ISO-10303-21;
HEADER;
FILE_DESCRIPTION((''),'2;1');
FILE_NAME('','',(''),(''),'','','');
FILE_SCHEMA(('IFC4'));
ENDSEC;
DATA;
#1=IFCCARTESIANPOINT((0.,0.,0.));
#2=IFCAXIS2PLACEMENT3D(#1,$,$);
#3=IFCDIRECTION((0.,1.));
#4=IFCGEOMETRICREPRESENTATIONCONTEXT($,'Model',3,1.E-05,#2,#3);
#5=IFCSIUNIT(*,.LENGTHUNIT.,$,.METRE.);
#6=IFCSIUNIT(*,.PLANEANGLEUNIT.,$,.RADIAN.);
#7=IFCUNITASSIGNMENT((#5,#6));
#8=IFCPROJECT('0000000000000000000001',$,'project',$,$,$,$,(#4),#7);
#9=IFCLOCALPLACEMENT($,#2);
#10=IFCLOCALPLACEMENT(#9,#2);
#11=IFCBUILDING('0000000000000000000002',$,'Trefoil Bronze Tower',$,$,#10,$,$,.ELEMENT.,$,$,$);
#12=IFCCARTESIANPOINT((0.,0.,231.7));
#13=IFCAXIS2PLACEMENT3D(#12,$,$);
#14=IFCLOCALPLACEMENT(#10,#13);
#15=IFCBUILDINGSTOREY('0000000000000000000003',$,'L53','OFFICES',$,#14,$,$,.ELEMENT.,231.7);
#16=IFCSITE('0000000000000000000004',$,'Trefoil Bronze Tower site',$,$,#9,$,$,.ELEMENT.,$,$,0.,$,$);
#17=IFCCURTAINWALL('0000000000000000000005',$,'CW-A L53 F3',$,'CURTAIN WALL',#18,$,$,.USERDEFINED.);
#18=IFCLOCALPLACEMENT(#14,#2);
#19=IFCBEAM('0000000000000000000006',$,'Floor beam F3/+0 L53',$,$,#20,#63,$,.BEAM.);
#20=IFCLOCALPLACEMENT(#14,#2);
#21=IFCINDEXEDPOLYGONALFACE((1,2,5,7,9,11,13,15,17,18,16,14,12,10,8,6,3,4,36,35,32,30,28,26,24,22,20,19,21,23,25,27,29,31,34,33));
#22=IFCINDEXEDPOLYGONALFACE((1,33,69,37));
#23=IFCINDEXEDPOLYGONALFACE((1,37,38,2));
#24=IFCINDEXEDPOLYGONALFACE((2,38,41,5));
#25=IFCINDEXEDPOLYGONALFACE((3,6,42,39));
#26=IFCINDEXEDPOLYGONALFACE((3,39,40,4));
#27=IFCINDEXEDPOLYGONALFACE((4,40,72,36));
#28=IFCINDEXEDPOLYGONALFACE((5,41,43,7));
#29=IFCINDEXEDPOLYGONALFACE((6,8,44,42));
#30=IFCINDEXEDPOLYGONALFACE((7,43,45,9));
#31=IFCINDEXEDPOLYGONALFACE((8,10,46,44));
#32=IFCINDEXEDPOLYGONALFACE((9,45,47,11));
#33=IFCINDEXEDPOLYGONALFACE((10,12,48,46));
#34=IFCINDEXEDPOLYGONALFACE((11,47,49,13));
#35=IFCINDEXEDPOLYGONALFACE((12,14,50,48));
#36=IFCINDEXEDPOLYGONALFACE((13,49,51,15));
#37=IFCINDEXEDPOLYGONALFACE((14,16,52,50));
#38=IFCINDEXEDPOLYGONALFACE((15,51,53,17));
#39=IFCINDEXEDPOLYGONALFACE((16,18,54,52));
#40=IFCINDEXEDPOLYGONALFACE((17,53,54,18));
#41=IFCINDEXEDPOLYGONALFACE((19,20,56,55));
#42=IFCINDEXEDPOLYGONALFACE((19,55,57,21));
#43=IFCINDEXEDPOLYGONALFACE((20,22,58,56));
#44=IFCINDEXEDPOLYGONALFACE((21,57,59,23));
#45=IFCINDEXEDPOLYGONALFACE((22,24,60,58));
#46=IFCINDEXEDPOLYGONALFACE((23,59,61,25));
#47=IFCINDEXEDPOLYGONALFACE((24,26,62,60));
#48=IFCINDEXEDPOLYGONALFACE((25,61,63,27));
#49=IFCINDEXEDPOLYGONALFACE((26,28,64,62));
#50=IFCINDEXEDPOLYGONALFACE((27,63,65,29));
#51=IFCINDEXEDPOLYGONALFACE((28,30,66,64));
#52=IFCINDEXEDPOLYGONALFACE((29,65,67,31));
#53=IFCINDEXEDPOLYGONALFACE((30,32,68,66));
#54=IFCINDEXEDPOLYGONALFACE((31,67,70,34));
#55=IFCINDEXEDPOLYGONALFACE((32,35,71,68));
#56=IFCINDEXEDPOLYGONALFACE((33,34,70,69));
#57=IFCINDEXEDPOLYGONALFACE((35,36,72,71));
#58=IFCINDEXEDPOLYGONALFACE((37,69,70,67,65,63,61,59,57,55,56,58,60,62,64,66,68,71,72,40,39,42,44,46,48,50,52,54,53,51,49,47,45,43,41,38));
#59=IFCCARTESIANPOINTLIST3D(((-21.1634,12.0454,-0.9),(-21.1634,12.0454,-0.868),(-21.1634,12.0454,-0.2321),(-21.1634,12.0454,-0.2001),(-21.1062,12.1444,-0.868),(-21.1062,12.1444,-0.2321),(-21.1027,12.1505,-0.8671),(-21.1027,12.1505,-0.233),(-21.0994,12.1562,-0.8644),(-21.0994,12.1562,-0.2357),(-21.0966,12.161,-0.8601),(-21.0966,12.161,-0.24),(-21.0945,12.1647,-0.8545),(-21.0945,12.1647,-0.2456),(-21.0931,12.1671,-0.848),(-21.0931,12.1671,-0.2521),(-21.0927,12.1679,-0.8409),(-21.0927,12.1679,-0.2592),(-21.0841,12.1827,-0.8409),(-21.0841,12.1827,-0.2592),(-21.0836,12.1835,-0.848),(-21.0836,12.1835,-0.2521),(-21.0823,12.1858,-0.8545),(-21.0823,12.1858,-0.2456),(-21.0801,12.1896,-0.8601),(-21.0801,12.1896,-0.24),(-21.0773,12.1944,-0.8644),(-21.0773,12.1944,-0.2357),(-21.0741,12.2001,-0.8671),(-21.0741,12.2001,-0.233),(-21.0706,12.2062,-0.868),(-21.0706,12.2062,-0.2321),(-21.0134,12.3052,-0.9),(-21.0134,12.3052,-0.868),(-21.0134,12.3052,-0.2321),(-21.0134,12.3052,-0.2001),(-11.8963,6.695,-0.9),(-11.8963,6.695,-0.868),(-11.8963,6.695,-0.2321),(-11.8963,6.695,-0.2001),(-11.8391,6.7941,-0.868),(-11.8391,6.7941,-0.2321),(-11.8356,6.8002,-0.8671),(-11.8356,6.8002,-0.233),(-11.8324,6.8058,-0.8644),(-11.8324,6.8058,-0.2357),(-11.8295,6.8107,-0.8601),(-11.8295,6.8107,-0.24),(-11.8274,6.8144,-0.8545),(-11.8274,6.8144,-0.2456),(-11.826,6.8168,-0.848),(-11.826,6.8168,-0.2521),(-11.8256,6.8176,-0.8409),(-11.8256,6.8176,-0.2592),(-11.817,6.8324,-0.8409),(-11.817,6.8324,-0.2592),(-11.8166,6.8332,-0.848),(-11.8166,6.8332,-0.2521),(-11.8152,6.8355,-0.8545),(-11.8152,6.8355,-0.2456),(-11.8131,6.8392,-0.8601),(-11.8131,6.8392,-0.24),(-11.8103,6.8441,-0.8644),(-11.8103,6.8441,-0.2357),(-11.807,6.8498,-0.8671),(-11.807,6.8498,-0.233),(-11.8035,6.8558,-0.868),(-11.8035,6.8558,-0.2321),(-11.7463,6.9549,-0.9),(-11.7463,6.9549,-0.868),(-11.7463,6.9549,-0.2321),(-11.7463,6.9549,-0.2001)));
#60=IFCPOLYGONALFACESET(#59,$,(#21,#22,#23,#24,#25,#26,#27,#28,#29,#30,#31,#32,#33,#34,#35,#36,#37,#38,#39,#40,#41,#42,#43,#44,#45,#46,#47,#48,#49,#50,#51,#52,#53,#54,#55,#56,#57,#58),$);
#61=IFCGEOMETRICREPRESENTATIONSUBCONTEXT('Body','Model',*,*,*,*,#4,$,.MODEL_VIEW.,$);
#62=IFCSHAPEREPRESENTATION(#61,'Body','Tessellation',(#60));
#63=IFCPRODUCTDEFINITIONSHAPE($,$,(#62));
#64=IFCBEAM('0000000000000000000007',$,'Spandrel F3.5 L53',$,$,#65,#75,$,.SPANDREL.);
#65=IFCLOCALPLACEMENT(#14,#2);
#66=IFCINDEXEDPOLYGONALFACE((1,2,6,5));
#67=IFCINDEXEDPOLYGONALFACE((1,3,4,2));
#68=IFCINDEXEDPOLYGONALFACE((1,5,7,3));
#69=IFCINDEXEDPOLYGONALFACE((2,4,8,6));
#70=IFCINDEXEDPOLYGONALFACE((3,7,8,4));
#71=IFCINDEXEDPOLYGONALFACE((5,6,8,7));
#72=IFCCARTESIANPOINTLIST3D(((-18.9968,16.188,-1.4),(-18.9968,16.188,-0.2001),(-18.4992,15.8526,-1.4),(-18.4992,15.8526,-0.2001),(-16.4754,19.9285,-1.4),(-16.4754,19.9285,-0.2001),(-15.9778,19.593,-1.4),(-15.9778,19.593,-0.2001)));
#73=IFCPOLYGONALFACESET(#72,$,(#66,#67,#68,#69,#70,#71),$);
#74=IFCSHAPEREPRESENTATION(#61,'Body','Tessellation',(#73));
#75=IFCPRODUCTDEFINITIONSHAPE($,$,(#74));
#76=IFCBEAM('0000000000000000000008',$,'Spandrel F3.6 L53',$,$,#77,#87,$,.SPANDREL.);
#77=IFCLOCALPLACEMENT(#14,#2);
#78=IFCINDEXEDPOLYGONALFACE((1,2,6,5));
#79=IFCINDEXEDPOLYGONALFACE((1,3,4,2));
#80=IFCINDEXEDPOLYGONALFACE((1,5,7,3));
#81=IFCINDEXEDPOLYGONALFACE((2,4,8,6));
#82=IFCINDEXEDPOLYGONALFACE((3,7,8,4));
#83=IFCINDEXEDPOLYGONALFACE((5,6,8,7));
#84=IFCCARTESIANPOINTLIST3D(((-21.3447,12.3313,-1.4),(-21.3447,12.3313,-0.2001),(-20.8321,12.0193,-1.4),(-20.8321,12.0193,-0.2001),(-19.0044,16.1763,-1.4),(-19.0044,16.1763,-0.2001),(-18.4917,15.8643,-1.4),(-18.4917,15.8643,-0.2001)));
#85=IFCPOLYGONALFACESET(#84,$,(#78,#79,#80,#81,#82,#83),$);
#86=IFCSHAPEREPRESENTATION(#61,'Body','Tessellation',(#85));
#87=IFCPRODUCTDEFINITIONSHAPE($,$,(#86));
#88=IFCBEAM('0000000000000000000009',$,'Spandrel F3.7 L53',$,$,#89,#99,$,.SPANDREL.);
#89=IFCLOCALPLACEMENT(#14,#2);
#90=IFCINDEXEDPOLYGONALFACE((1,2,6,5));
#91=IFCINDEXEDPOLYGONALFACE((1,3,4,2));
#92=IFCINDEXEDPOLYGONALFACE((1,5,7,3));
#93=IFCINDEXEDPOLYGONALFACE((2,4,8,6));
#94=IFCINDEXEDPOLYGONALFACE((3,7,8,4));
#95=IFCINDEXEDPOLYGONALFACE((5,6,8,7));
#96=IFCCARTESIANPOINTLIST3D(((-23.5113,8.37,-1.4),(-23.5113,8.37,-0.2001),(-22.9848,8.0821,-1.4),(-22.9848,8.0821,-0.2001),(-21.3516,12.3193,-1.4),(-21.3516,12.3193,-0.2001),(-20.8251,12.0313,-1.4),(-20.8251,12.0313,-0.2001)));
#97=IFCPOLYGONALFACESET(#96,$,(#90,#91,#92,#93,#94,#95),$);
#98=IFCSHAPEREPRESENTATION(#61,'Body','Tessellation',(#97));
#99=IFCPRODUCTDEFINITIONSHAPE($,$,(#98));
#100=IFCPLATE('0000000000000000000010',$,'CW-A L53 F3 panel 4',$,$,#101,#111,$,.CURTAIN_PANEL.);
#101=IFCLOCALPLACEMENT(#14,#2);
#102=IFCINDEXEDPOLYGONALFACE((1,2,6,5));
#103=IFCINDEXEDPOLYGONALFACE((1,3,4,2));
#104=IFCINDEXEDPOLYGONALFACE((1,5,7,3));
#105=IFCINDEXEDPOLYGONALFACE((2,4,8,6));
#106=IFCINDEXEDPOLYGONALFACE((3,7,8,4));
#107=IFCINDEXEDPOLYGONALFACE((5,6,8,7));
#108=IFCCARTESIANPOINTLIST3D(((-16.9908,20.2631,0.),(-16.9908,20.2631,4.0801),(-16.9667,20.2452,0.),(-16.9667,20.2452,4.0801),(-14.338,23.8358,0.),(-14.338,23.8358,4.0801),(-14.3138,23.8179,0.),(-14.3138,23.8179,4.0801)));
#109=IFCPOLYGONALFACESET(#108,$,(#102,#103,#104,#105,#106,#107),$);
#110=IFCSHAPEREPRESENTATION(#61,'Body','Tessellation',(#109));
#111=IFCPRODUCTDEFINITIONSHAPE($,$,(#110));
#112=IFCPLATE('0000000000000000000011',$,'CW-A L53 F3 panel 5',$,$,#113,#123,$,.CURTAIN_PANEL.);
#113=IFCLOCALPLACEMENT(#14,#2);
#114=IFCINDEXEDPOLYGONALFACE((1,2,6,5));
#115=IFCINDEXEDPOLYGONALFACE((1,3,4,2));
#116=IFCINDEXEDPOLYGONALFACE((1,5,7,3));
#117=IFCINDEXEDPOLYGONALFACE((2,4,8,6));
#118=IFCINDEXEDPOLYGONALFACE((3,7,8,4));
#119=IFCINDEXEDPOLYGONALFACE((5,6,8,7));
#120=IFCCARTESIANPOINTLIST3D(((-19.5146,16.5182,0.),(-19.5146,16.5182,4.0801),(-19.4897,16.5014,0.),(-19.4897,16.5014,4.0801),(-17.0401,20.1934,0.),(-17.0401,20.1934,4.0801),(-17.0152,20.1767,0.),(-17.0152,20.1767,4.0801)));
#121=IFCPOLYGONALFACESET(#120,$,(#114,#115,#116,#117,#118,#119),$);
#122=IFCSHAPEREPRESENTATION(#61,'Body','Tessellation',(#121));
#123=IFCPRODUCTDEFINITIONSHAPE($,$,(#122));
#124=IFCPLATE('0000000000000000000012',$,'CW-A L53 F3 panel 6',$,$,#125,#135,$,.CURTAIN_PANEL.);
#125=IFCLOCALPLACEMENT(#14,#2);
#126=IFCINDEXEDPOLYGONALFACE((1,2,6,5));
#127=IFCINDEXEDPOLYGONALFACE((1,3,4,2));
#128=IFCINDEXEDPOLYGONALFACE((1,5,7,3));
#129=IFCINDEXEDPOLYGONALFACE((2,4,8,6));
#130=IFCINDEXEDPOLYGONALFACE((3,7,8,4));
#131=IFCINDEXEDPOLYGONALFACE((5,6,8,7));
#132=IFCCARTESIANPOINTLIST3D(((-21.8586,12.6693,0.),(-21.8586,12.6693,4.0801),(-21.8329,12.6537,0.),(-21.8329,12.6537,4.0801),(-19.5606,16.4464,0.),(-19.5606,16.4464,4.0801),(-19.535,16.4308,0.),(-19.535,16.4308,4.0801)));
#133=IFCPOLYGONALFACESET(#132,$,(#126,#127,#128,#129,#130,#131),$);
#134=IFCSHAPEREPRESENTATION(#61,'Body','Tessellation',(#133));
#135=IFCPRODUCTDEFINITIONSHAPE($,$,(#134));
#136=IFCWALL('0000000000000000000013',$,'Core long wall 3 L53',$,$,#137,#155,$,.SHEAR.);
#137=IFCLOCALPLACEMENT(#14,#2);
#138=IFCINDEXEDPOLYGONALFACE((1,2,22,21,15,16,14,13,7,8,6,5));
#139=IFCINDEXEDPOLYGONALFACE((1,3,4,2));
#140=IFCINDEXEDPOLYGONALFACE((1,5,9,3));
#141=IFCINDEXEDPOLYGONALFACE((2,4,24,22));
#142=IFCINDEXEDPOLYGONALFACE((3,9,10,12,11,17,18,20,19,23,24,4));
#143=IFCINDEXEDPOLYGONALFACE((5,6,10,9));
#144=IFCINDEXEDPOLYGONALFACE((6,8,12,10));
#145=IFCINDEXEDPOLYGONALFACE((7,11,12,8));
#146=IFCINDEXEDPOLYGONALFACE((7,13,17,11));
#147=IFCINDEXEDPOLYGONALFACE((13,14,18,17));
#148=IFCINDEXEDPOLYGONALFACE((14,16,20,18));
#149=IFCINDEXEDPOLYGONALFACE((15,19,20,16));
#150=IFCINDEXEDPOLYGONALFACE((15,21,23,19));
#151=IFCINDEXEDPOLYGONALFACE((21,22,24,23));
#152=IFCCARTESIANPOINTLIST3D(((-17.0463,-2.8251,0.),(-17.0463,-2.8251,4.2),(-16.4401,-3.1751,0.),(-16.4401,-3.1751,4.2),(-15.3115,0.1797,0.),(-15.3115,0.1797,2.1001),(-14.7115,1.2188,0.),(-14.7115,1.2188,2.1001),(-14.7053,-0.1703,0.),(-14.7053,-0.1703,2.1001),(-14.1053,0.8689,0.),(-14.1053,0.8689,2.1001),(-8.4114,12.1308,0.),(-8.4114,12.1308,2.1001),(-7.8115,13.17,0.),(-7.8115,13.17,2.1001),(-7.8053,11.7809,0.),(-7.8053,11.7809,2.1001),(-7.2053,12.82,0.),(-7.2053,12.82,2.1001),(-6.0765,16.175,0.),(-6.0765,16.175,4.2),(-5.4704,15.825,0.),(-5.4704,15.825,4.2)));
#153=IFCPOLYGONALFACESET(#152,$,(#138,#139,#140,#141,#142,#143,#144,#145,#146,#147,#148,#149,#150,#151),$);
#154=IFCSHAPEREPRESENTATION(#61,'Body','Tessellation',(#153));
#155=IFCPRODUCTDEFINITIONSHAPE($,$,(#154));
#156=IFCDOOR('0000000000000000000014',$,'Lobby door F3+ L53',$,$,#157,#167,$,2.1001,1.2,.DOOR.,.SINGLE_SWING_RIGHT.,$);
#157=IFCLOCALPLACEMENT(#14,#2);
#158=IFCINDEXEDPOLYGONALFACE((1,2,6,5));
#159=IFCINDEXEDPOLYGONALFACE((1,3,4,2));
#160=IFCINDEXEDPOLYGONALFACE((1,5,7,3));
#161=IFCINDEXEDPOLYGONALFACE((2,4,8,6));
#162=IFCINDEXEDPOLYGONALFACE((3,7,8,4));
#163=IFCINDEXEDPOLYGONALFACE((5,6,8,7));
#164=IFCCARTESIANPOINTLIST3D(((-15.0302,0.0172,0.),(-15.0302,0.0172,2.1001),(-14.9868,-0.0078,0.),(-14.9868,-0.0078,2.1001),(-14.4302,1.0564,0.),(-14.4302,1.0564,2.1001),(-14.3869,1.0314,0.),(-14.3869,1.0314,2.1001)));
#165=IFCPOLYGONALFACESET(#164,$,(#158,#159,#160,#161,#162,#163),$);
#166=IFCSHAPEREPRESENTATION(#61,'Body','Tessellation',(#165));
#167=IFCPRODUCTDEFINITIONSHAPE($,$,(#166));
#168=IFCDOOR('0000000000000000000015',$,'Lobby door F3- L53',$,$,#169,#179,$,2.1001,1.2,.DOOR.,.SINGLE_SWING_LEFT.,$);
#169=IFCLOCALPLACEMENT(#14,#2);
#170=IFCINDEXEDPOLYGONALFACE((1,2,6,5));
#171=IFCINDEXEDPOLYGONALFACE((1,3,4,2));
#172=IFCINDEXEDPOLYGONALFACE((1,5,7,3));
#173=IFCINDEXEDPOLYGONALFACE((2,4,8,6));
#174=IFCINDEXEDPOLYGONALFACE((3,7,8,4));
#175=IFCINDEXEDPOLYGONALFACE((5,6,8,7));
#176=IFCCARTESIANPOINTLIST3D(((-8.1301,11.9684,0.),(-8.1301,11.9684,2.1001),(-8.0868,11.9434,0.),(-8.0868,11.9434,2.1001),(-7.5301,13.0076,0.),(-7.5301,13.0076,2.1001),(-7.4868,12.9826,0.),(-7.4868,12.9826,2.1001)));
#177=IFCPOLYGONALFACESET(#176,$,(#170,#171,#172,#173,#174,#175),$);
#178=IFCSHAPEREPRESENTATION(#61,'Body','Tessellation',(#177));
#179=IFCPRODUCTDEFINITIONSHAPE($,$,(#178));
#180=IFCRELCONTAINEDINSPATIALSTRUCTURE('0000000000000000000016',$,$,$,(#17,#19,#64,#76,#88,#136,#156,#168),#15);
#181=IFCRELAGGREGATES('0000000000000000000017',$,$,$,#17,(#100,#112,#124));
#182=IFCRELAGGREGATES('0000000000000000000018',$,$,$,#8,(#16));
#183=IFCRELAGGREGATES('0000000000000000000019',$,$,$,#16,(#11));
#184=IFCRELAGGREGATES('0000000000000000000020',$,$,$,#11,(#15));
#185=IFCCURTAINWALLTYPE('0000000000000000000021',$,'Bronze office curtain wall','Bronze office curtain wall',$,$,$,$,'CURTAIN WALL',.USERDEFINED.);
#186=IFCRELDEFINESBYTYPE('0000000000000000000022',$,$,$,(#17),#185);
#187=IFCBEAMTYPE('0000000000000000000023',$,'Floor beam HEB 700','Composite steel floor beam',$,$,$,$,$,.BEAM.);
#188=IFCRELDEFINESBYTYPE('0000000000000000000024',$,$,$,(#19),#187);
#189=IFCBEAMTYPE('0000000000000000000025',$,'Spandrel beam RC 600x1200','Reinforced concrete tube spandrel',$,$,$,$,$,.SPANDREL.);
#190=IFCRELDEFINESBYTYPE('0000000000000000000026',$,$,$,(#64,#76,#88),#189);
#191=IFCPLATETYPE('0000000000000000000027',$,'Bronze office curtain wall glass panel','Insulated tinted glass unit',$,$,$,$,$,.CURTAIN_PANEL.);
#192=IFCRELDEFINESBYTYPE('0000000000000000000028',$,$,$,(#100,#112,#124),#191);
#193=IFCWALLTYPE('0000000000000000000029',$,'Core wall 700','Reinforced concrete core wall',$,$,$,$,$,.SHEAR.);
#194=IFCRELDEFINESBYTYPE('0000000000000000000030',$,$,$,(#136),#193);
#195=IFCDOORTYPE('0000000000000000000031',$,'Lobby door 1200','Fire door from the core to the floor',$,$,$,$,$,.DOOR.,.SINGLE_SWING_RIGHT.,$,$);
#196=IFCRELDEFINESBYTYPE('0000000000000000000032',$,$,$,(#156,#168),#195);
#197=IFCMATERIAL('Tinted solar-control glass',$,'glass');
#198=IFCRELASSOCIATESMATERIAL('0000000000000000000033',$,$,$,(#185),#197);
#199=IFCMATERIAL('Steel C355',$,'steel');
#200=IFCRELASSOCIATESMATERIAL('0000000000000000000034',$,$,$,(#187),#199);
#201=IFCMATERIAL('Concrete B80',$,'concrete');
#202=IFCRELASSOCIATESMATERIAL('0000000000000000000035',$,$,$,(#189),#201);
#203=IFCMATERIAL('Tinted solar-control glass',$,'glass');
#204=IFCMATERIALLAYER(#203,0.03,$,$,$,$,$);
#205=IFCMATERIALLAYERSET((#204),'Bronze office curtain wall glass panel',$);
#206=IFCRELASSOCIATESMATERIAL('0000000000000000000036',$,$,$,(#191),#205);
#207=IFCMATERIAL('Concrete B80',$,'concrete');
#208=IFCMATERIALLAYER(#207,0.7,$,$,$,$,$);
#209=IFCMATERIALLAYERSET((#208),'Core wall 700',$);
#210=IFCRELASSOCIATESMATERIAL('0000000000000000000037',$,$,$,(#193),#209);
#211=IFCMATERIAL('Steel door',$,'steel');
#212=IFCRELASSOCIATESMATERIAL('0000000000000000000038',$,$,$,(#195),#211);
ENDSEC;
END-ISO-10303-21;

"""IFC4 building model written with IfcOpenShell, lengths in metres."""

from ifc_helpers import new_model, si_unit, direction, frame, frame_2d, origin, origin_2d, place, context, subcontext, project, spatial, rectangle, i_section, extrude, material, layer, layer_set, material_profile, profile_set, type_object, element, fill, aggregate, save


model = new_model("IFC4")

# Units and contexts
model_context = context("Model", 3, precision=1e-05, world=origin(), true_north=direction((0.0, 1.0)))
body_context = subcontext(model_context, "Body", "Model", "MODEL_VIEW")
ifc_project = project(units=[si_unit("LENGTHUNIT", "METRE"), si_unit("PLANEANGLEUNIT", "RADIAN")], contexts=[model_context])

# Site, building, storey
site_placement = place(None, origin())
site = spatial("IfcSite", under=ifc_project, at=site_placement, Name="Trefoil Bronze Tower site", CompositionType="ELEMENT", RefElevation=0.0)
building_placement = place(site_placement, origin())
building = spatial("IfcBuilding", under=site, at=building_placement, Name="Trefoil Bronze Tower", CompositionType="ELEMENT")
storey_placement = place(building_placement, frame((0.0, 0.0, 231.7)))
storey = spatial("IfcBuildingStorey", under=building, at=storey_placement, Name="L53", Description="OFFICES", CompositionType="ELEMENT", Elevation=231.7)

# Curtain wall
ifc_material_1 = material(Name="Tinted solar-control glass", Category="glass")
curtain_wall_type = type_object("IfcCurtainWallType", Name="Bronze office curtain wall", Description="Bronze office curtain wall", ElementType="CURTAIN WALL", PredefinedType="USERDEFINED", material=ifc_material_1)
curtain_wall_placement = place(storey_placement, origin())
curtain_wall = element("IfcCurtainWall", 1, at=curtain_wall_placement, inside=storey, type_object=curtain_wall_type, Name="CW-A L53 F3", ObjectType="CURTAIN WALL", PredefinedType="USERDEFINED")

# Beams
ifc_material_2 = material(Name="Steel C355", Category="steel")
ifc_material_profile_1 = material_profile(ifc_material_2, i_section(OverallWidth=0.3, OverallDepth=0.7, WebThickness=0.0171, FlangeThickness=0.032, FilletRadius=0.0271, at=origin_2d()), Name="HEB 700")
ifc_profile_set_1 = profile_set([ifc_material_profile_1], Name="Steel C355")
beam_type_1 = type_object("IfcBeamType", Name="Floor beam HEB 700", Description="Composite steel floor beam", PredefinedType="BEAM", material=ifc_profile_set_1)
beam_1_placement = place(storey_placement, frame((-21.0884, 12.1753, -0.55), z_axis=(0.866026, -0.499999, 0.0), x_axis=(0.499999, 0.866026, 0.0)))
element("IfcBeam", 2, at=beam_1_placement, inside=storey, type_object=beam_type_1, Name="Floor beam F3/+0 L53", PredefinedType="BEAM", context=body_context, shape_type="SweptSolid", body=[
    extrude(i_section(OverallWidth=0.3, OverallDepth=0.7, WebThickness=0.0171, FlangeThickness=0.032, FilletRadius=0.0271, at=origin_2d()), origin(), (0.0, 0.0, 1.0), 10.7007),
])
ifc_material_3 = material(Name="Concrete B80", Category="concrete")
ifc_material_profile_2 = material_profile(ifc_material_3, rectangle(XDim=0.6001, YDim=1.2, at=origin_2d()), Name="RC 600x1200")
ifc_profile_set_2 = profile_set([ifc_material_profile_2], Name="Concrete B80")
beam_type_2 = type_object("IfcBeamType", Name="Spandrel beam RC 600x1200", Description="Reinforced concrete tube spandrel", PredefinedType="SPANDREL", material=ifc_profile_set_2)
beam_2_placement = place(storey_placement, frame((-16.2266, 19.7607, -0.8), z_axis=(-0.558964, -0.829192, 0.0), x_axis=(0.829192, -0.558964, 0.0)))
element("IfcBeam", 3, at=beam_2_placement, inside=storey, type_object=beam_type_2, Name="Spandrel F3.5 L53", PredefinedType="SPANDREL", context=body_context, shape_type="SweptSolid", body=[
    extrude(rectangle(XDim=0.6001, YDim=1.2, at=origin_2d()), origin(), (0.0, 0.0, 1.0), 4.511),
])
for number, where, z_axis, x_axis, name in (
    (4, (-18.748, 16.0203, -0.8), (-0.519933, -0.854207, 0.0), (0.854207, -0.519933, 0.0), "Spandrel F3.6 L53"),
    (5, (-21.0884, 12.1753, -0.8), (-0.479802, -0.877377, 0.0), (0.877377, -0.479802, 0.0), "Spandrel F3.7 L53"),
):
    element("IfcBeam", number, at=place(storey_placement, frame(where, z_axis=z_axis, x_axis=x_axis)), inside=storey, type_object=beam_type_2, Name=name, PredefinedType="SPANDREL", context=body_context, shape_type="SweptSolid", body=[
        extrude(rectangle(XDim=0.6001, YDim=1.2, at=origin_2d()), origin(), (0.0, 0.0, 1.0), 4.5012),
    ])

# Plates
ifc_material_4 = material(Name="Tinted solar-control glass", Category="glass")
ifc_layer_1 = layer(ifc_material_4, 0.03)
ifc_layer_set_1 = layer_set([ifc_layer_1], Name="Bronze office curtain wall glass panel")
plate_type = type_object("IfcPlateType", Name="Bronze office curtain wall glass panel", Description="Insulated tinted glass unit", PredefinedType="CURTAIN_PANEL", material=ifc_layer_set_1)
plate_1_placement = place(storey_placement, frame((-15.6523, 22.0405, 0.0), z_axis=(0.0, 0.0, 1.0), x_axis=(-0.596162, -0.802865, 0.0)))
plate_1 = element("IfcPlate", 6, at=plate_1_placement, type_object=plate_type, Name="CW-A L53 F3 panel 4", PredefinedType="CURTAIN_PANEL", context=body_context, shape_type="SweptSolid", body=[
    extrude(rectangle(XDim=4.45, YDim=0.03, at=origin_2d()), origin(), (0.0, 0.0, 1.0), 4.0801),
])
plate_2_placement = place(storey_placement, frame((-18.2649, 18.3474, 0.0), z_axis=(0.0, 0.0, 1.0), x_axis=(-0.558493, -0.829509, 0.0)))
plate_2 = element("IfcPlate", 7, at=plate_2_placement, type_object=plate_type, Name="CW-A L53 F3 panel 5", PredefinedType="CURTAIN_PANEL", context=body_context, shape_type="SweptSolid", body=[
    extrude(rectangle(XDim=4.4307, YDim=0.03, at=origin_2d()), origin(), (0.0, 0.0, 1.0), 4.0801),
])
plate_3_placement = place(storey_placement, frame((-20.6968, 14.55, 0.0), z_axis=(0.0, 0.0, 1.0), x_axis=(-0.519762, -0.854311, 0.0)))
plate_3 = element("IfcPlate", 8, at=plate_3_placement, type_object=plate_type, Name="CW-A L53 F3 panel 6", PredefinedType="CURTAIN_PANEL", context=body_context, shape_type="SweptSolid", body=[
    extrude(rectangle(XDim=4.4211, YDim=0.03, at=origin_2d()), origin(), (0.0, 0.0, 1.0), 4.0801),
])
aggregate(curtain_wall, [plate_1, plate_2, plate_3])

# Wall, openings, doors
ifc_material_5 = material(Name="Concrete B80", Category="concrete")
ifc_layer_2 = layer(ifc_material_5, 0.7)
ifc_layer_set_2 = layer_set([ifc_layer_2], Name="Core wall 700")
wall_type_1 = type_object("IfcWallType", Name="Core wall 700", Description="Reinforced concrete core wall", PredefinedType="SHEAR", material=ifc_layer_set_2)
wall_1_placement = place(storey_placement, frame((-5.7734, 16.0, 0.0), z_axis=(0.0, 0.0, 1.0), x_axis=(-0.500002, -0.866024, 0.0)))
wall_1 = element("IfcWall", 9, at=wall_1_placement, inside=storey, type_object=wall_type_1, Name="Core long wall 3 L53", PredefinedType="SHEAR", context=body_context, shape_type="SweptSolid", body=[
    extrude(rectangle(XDim=21.9395, YDim=0.7, at=frame_2d((10.9697, 0.0))), origin(), (0.0, 0.0, 1.0), 4.2),
])
opening_1_placement = place(wall_1_placement, frame((17.2698, 0.0, 0.0)))
opening_1 = element("IfcOpeningElement", 10, at=opening_1_placement, cuts=wall_1, PredefinedType="OPENING", context=body_context, shape_type="SweptSolid", body=[
    extrude(rectangle(XDim=1.2, YDim=2.1001, at=frame_2d((0.6001, 1.05))), frame((0.0, 0.3599, 0.0), z_axis=(0.0, -1.0, 0.0), x_axis=(1.0, 0.0, 0.0)), (0.0, 0.0, 1.0), 0.72),
])
opening_2_placement = place(wall_1_placement, frame((3.4697, 0.0, 0.0)))
opening_2 = element("IfcOpeningElement", 11, at=opening_2_placement, cuts=wall_1, PredefinedType="OPENING", context=body_context, shape_type="SweptSolid", body=[
    extrude(rectangle(XDim=1.2, YDim=2.1001, at=frame_2d((0.6001, 1.05))), frame((0.0, 0.3599, 0.0), z_axis=(0.0, -1.0, 0.0), x_axis=(1.0, 0.0, 0.0)), (0.0, 0.0, 1.0), 0.72),
])
ifc_material_6 = material(Name="Steel door", Category="steel")
door_type_1 = type_object("IfcDoorType", Name="Lobby door 1200", Description="Fire door from the core to the floor", OperationType="SINGLE_SWING_RIGHT", PredefinedType="DOOR", material=ifc_material_6)
door_1_placement = place(opening_1_placement, origin())
door_1 = element("IfcDoor", 12, at=door_1_placement, inside=storey, type_object=door_type_1, Name="Lobby door F3+ L53", OperationType="SINGLE_SWING_RIGHT", OverallHeight=2.1001, OverallWidth=1.2, PredefinedType="DOOR", context=body_context, shape_type="SweptSolid", body=[
    extrude(rectangle(XDim=1.2, YDim=2.1001, at=frame_2d((0.6001, 1.05))), frame((0.0, 0.0249, 0.0), z_axis=(0.0, -1.0, 0.0), x_axis=(1.0, 0.0, 0.0)), (0.0, 0.0, 1.0), 0.05),
])
fill(opening_1, door_1)
door_2_placement = place(opening_2_placement, origin())
door_2 = element("IfcDoor", 13, at=door_2_placement, inside=storey, type_object=door_type_1, Name="Lobby door F3- L53", OperationType="SINGLE_SWING_LEFT", OverallHeight=2.1001, OverallWidth=1.2, PredefinedType="DOOR", context=body_context, shape_type="SweptSolid", body=[
    extrude(rectangle(XDim=1.2, YDim=2.1001, at=frame_2d((0.6001, 1.05))), frame((0.0, 0.0249, 0.0), z_axis=(0.0, -1.0, 0.0), x_axis=(1.0, 0.0, 0.0)), (0.0, 0.0, 1.0), 0.05),
])
fill(opening_2, door_2)

save(model, "model.ifc")
